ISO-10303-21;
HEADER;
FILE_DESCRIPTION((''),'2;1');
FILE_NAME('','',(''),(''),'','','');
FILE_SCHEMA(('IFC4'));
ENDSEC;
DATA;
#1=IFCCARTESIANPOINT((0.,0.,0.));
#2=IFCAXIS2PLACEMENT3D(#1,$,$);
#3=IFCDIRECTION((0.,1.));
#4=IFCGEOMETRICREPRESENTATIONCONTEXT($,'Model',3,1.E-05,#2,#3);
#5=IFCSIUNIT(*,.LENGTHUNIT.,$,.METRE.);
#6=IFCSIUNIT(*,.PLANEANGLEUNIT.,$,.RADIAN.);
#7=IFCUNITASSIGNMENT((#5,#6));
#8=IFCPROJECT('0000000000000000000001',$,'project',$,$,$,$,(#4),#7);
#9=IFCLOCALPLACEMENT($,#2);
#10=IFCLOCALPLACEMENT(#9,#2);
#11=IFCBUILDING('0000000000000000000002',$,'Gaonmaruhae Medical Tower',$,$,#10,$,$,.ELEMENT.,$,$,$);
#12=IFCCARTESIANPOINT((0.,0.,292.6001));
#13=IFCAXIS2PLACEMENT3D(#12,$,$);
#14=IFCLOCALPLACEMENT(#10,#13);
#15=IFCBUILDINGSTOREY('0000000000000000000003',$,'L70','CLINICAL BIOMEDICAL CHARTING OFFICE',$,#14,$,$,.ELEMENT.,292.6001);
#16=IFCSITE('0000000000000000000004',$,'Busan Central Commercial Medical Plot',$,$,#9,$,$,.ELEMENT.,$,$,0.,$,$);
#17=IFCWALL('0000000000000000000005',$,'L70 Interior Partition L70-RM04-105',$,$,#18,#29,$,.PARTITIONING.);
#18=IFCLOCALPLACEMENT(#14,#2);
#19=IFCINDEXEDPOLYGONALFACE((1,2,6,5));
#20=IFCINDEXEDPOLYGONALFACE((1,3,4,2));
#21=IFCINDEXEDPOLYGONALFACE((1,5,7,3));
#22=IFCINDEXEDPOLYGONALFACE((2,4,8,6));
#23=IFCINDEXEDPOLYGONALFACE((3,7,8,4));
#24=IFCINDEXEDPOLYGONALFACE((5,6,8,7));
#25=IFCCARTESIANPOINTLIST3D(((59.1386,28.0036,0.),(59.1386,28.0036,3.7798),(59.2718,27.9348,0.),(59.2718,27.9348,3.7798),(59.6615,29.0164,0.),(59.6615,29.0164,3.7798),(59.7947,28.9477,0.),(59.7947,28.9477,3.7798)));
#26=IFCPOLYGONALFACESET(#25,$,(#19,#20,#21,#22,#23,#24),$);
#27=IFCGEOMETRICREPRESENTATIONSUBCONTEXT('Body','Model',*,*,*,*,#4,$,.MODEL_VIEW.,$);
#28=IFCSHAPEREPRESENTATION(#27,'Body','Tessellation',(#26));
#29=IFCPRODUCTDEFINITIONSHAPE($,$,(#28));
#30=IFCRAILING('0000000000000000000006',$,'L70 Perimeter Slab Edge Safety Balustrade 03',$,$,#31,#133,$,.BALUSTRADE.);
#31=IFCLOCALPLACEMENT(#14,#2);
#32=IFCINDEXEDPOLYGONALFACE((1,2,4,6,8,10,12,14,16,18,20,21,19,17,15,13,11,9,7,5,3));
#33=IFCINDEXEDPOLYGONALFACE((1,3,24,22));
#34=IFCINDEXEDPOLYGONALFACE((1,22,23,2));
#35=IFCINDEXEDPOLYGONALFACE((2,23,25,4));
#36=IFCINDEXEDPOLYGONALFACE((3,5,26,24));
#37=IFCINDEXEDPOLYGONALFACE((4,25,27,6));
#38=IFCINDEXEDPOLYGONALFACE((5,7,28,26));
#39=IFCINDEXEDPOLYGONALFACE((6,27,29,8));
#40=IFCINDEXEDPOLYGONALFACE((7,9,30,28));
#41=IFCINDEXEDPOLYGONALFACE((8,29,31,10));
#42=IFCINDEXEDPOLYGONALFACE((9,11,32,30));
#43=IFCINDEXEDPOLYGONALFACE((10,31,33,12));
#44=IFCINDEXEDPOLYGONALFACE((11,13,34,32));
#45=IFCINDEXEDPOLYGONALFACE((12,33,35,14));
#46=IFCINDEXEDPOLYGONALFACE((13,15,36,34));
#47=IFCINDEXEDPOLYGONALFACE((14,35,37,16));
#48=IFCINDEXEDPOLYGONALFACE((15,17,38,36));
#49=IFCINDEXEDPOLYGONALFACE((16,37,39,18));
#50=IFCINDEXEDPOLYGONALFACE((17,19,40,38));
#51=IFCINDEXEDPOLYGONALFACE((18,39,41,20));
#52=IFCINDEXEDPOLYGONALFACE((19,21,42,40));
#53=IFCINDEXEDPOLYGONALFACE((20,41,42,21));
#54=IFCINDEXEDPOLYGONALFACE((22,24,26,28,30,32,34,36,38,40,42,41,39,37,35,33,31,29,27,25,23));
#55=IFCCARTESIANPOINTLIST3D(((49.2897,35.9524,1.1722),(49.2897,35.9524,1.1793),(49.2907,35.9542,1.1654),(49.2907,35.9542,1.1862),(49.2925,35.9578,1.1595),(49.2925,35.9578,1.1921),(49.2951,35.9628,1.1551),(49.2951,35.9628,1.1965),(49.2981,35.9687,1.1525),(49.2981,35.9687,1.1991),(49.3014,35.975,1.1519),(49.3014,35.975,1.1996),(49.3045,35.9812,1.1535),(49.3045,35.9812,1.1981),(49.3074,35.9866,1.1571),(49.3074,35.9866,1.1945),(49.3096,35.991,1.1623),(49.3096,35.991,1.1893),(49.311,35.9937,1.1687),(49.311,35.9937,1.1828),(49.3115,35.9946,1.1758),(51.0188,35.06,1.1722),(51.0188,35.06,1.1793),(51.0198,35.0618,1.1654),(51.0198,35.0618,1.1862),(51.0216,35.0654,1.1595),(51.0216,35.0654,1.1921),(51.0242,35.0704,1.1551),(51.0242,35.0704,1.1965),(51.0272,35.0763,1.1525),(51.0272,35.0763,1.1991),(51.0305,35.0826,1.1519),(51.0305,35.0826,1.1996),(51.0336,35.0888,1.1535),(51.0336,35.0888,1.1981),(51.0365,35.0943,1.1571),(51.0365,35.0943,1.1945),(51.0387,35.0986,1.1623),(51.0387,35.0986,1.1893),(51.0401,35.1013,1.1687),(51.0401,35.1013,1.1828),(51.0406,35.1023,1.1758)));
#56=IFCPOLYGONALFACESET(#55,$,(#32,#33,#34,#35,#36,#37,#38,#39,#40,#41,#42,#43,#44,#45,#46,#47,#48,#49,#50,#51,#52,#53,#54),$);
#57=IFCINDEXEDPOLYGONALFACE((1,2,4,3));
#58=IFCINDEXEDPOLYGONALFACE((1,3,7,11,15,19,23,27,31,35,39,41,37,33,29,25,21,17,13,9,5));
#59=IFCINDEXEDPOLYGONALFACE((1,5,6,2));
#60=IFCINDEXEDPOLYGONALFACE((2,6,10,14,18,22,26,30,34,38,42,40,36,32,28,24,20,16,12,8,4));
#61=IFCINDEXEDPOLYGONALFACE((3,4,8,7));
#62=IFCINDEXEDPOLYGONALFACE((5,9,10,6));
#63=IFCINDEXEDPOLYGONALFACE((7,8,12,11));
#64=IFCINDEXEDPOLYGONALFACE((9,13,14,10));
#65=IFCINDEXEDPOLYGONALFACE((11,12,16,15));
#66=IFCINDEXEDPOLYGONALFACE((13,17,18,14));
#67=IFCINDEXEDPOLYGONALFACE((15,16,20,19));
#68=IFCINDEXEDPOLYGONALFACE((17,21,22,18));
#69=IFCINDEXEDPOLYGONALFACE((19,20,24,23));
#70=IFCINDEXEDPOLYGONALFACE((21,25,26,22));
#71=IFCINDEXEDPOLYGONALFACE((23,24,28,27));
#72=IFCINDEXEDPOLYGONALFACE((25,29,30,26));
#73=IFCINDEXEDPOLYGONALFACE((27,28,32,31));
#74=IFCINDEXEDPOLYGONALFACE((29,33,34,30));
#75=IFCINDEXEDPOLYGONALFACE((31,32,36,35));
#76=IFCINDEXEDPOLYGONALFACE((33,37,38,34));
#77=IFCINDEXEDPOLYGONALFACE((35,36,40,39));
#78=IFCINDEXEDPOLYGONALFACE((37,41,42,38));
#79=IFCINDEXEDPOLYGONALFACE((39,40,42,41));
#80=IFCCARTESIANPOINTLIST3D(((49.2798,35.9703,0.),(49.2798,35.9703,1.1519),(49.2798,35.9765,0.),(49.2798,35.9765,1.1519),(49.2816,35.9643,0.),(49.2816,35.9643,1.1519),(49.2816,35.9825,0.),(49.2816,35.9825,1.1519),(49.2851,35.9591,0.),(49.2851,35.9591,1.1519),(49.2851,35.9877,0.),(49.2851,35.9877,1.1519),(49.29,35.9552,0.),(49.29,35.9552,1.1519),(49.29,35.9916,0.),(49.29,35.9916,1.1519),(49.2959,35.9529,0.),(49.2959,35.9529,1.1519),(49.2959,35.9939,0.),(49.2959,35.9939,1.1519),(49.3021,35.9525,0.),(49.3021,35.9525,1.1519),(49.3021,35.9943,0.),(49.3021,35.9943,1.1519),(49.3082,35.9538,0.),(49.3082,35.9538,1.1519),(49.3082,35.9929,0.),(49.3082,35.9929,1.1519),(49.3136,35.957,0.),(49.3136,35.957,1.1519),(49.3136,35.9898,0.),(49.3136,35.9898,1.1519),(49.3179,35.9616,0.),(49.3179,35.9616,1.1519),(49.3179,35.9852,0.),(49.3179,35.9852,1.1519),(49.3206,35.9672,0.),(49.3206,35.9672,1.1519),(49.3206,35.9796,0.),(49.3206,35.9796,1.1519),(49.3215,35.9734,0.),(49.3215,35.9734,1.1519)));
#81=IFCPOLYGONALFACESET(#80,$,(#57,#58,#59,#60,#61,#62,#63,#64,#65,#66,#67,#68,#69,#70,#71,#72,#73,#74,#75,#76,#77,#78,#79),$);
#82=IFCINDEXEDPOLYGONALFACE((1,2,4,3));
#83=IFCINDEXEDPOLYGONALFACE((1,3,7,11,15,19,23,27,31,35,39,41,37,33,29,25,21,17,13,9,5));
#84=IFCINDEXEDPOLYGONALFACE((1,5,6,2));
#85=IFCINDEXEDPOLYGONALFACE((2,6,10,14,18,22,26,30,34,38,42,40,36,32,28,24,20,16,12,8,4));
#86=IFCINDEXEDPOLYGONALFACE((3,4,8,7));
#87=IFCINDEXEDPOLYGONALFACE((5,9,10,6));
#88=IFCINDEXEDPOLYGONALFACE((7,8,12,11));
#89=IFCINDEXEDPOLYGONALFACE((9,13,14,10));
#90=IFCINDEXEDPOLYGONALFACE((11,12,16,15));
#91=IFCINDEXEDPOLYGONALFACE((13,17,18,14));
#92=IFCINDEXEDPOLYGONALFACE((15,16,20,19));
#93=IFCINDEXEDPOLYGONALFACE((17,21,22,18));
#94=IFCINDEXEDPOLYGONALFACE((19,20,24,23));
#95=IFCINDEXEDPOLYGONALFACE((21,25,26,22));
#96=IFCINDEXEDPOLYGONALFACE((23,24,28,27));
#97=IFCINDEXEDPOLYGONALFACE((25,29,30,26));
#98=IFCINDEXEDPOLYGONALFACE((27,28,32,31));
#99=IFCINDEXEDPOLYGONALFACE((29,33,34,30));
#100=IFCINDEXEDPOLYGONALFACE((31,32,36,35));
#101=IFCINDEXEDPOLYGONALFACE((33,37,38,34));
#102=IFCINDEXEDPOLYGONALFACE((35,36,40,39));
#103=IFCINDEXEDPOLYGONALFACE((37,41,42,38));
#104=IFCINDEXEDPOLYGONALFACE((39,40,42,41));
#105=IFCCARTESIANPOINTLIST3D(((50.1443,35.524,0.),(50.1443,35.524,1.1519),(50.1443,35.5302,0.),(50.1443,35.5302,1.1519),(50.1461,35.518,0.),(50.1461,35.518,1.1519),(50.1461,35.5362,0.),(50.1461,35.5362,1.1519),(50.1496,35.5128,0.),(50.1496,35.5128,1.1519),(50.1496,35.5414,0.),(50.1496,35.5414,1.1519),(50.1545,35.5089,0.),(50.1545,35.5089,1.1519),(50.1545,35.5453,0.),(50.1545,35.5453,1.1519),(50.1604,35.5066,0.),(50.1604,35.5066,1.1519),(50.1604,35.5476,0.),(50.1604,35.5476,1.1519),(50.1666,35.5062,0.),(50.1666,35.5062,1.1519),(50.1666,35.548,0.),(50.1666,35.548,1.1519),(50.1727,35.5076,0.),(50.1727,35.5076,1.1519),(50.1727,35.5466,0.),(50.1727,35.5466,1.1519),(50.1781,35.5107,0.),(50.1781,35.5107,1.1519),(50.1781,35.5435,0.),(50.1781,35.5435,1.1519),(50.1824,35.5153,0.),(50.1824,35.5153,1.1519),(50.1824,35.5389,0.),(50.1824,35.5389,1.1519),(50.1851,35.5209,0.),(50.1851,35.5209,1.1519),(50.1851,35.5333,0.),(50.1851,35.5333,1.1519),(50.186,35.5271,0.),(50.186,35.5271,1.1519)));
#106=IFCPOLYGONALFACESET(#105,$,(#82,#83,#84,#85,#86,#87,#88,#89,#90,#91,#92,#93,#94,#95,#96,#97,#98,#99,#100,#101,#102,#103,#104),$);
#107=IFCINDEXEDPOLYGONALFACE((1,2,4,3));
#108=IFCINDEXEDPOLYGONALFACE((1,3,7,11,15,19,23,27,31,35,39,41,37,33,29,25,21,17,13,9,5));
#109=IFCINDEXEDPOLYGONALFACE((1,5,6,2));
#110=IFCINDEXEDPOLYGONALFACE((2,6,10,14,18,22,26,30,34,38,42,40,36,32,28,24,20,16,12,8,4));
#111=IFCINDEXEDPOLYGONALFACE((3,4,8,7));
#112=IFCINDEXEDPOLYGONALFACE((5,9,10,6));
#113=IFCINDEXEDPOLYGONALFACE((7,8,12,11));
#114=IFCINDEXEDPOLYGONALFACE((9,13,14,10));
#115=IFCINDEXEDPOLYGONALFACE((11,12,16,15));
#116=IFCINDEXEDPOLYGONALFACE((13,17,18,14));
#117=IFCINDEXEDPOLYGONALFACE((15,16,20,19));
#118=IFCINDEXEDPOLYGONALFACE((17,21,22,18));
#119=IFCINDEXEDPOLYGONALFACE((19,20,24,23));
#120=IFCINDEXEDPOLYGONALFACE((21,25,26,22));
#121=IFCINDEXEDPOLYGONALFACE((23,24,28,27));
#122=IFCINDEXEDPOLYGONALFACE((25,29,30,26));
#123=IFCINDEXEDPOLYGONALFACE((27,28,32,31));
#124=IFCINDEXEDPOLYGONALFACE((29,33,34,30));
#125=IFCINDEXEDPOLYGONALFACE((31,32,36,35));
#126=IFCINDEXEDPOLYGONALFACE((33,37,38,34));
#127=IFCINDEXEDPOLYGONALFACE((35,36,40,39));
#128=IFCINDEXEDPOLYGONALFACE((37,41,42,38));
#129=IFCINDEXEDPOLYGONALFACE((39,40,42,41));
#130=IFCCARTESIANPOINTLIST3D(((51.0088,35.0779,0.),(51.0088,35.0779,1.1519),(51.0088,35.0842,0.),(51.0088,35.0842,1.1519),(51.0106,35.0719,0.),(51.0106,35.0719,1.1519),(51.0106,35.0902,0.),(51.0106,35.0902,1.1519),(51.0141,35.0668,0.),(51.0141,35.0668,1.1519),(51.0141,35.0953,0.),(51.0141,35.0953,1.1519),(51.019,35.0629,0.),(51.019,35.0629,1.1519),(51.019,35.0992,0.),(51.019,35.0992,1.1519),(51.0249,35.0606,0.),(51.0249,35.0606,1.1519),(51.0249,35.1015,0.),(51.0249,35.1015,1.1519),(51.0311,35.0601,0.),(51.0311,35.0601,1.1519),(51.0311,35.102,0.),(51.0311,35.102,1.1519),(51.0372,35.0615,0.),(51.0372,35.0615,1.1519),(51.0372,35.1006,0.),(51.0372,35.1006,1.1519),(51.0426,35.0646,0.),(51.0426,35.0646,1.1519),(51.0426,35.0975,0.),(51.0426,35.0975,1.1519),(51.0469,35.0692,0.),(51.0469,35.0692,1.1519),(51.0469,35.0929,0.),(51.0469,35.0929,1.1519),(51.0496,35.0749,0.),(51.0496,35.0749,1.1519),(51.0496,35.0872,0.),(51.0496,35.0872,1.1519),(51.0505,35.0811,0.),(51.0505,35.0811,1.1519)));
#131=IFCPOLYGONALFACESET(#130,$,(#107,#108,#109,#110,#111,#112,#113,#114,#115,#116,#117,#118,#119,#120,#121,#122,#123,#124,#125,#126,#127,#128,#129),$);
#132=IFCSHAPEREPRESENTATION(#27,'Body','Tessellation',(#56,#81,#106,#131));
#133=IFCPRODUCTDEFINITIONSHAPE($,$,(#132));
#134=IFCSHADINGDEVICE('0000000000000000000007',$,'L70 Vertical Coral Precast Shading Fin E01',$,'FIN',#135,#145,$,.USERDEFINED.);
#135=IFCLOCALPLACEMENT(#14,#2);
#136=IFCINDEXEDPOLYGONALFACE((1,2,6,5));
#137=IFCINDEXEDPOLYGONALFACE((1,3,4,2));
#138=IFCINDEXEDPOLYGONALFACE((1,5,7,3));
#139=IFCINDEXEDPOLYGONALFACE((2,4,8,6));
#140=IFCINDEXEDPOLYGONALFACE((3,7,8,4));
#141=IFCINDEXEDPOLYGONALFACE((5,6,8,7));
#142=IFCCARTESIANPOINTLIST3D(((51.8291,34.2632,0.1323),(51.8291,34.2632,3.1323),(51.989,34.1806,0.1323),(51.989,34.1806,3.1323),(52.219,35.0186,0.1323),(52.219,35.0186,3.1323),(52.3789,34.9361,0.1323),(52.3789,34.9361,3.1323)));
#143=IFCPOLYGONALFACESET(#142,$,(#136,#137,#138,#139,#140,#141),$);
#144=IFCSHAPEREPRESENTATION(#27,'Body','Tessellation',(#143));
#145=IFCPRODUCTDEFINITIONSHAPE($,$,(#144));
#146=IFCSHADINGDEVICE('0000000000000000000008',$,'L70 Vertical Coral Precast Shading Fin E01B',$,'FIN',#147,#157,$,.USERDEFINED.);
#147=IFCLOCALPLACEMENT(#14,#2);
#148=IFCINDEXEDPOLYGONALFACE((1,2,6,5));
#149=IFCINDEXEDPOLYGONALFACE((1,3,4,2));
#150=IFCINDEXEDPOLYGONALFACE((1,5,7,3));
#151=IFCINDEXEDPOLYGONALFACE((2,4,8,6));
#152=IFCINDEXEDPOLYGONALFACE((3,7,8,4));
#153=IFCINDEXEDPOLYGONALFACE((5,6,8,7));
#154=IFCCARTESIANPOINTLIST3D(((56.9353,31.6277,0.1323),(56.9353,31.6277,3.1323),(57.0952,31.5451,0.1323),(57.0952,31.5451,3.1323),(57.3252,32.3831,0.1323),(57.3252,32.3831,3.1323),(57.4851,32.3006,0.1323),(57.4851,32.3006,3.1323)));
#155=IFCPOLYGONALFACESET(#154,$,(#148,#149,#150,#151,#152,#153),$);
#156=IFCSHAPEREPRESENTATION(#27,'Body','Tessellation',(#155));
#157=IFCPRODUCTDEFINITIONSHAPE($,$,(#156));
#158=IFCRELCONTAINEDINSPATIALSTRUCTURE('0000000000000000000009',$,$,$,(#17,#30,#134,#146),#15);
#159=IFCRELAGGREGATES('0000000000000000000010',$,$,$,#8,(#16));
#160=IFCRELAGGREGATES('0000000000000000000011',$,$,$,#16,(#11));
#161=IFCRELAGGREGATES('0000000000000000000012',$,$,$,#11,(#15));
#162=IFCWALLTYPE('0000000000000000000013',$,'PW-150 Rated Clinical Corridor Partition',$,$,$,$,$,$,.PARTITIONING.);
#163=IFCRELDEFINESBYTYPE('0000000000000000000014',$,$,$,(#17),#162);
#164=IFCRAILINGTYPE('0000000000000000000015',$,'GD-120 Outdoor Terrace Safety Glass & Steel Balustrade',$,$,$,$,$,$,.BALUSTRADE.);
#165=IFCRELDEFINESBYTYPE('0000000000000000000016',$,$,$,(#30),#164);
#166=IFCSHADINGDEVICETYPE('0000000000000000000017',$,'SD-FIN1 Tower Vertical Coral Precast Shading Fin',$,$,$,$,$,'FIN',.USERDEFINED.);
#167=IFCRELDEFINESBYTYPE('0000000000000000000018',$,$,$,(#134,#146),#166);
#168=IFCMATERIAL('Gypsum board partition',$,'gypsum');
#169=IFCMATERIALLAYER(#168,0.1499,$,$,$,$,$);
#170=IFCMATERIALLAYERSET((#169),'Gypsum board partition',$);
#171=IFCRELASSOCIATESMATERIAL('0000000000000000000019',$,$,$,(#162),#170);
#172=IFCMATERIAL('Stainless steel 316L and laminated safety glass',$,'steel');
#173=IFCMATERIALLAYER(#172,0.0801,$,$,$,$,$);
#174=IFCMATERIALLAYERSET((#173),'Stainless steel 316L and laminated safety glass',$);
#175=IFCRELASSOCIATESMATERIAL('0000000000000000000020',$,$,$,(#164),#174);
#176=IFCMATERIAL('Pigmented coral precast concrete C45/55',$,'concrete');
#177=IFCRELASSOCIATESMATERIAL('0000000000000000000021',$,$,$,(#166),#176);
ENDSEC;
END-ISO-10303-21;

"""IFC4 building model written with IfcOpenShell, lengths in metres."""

from ifc_helpers import new_model, si_unit, direction, frame, frame_2d, origin, origin_2d, place, context, subcontext, project, spatial, rectangle, circle, extrude, material, layer, layer_set, type_object, element, save


model = new_model("IFC4")

# Units and contexts
model_context = context("Model", 3, precision=1e-05, world=origin(), true_north=direction((0.0, 1.0)))
body_context = subcontext(model_context, "Body", "Model", "MODEL_VIEW")
ifc_project = project(units=[si_unit("LENGTHUNIT", "METRE"), si_unit("PLANEANGLEUNIT", "RADIAN")], contexts=[model_context])

# Site, building, storey
site_placement = place(None, origin())
site = spatial("IfcSite", under=ifc_project, at=site_placement, Name="Busan Central Commercial Medical Plot", CompositionType="ELEMENT", RefElevation=0.0)
building_placement = place(site_placement, origin())
building = spatial("IfcBuilding", under=site, at=building_placement, Name="Gaonmaruhae Medical Tower", CompositionType="ELEMENT")
storey_placement = place(building_placement, frame((0.0, 0.0, 292.6001)))
storey = spatial("IfcBuildingStorey", under=building, at=storey_placement, Name="L70", Description="CLINICAL BIOMEDICAL CHARTING OFFICE", CompositionType="ELEMENT", Elevation=292.6001)

# Shared definitions
ifc_material_1 = material(Name="Gypsum board partition", Category="gypsum")
ifc_layer_1 = layer(ifc_material_1, 0.1499)
ifc_layer_set_1 = layer_set([ifc_layer_1], Name="Gypsum board partition")
wall_type_1 = type_object("IfcWallType", Name="PW-150 Rated Clinical Corridor Partition", PredefinedType="PARTITIONING", material=ifc_layer_set_1)

# Wall
wall_1_placement = place(storey_placement, frame((59.728, 28.9819, 0.0), z_axis=(0.0, 0.0, 1.0), x_axis=(-0.458741, -0.88857, 0.0)))
element("IfcWall", 1, at=wall_1_placement, inside=storey, type_object=wall_type_1, Name="L70 Interior Partition L70-RM04-105", PredefinedType="PARTITIONING", context=body_context, shape_type="SweptSolid", body=[
    extrude(rectangle(XDim=1.1399, YDim=0.1499, at=frame_2d((0.5698, 0.0))), origin(), (0.0, 0.0, 1.0), 3.7798),
])

# Railing
ifc_material_2 = material(Name="Stainless steel 316L and laminated safety glass", Category="steel")
ifc_layer_2 = layer(ifc_material_2, 0.0801)
ifc_layer_set_2 = layer_set([ifc_layer_2], Name="Stainless steel 316L and laminated safety glass")
railing_type = type_object("IfcRailingType", Name="GD-120 Outdoor Terrace Safety Glass & Steel Balustrade", PredefinedType="BALUSTRADE", material=ifc_layer_set_2)
railing_placement = place(storey_placement, frame((49.3005, 35.9734, 0.0)))
element("IfcRailing", 2, at=railing_placement, inside=storey, type_object=railing_type, Name="L70 Perimeter Slab Edge Safety Balustrade 03", PredefinedType="BALUSTRADE", context=body_context, shape_type="SweptSolid", body=[
    extrude(circle(Radius=0.0239, at=origin_2d()), frame((0.0, 0.0, 1.1758), z_axis=(0.888632, -0.458621, 0.0), x_axis=(0.458621, 0.888632, 0.0)), (0.0, 0.0, 1.0), 1.9458),
    extrude(circle(Radius=0.021, at=origin_2d()), origin(), (0.0, 0.0, 1.0), 1.1519),
    extrude(circle(Radius=0.021, at=origin_2d()), frame((0.8645, -0.4463, 0.0)), (0.0, 0.0, 1.0), 1.1519),
    extrude(circle(Radius=0.021, at=origin_2d()), frame((1.729, -0.8923, 0.0)), (0.0, 0.0, 1.0), 1.1519),
])

# Shading devices
ifc_material_3 = material(Name="Pigmented coral precast concrete C45/55", Category="concrete")
shading_device_type = type_object("IfcShadingDeviceType", Name="SD-FIN1 Tower Vertical Coral Precast Shading Fin", ElementType="FIN", PredefinedType="USERDEFINED", material=ifc_material_3)
for number, where, z_axis, x_axis, name in (
    (3, (52.104, 34.5996, 0.1323), (0.0, 0.0, 1.0), (0.888617, -0.45865, 0.0), "L70 Vertical Coral Precast Shading Fin E01"),
    (4, (57.2102, 31.9641, 0.1323), (0.0, 0.0, 1.0), (0.888617, -0.45865, 0.0), "L70 Vertical Coral Precast Shading Fin E01B"),
):
    element("IfcShadingDevice", number, at=place(storey_placement, frame(where, z_axis=z_axis, x_axis=x_axis)), inside=storey, type_object=shading_device_type, Name=name, ObjectType="FIN", PredefinedType="USERDEFINED", context=body_context, shape_type="SweptSolid", body=[
        extrude(rectangle(XDim=0.1799, YDim=0.8501, at=origin_2d()), origin(), (0.0, 0.0, 1.0), 3.0),
    ])

save(model, "model.ifc")
